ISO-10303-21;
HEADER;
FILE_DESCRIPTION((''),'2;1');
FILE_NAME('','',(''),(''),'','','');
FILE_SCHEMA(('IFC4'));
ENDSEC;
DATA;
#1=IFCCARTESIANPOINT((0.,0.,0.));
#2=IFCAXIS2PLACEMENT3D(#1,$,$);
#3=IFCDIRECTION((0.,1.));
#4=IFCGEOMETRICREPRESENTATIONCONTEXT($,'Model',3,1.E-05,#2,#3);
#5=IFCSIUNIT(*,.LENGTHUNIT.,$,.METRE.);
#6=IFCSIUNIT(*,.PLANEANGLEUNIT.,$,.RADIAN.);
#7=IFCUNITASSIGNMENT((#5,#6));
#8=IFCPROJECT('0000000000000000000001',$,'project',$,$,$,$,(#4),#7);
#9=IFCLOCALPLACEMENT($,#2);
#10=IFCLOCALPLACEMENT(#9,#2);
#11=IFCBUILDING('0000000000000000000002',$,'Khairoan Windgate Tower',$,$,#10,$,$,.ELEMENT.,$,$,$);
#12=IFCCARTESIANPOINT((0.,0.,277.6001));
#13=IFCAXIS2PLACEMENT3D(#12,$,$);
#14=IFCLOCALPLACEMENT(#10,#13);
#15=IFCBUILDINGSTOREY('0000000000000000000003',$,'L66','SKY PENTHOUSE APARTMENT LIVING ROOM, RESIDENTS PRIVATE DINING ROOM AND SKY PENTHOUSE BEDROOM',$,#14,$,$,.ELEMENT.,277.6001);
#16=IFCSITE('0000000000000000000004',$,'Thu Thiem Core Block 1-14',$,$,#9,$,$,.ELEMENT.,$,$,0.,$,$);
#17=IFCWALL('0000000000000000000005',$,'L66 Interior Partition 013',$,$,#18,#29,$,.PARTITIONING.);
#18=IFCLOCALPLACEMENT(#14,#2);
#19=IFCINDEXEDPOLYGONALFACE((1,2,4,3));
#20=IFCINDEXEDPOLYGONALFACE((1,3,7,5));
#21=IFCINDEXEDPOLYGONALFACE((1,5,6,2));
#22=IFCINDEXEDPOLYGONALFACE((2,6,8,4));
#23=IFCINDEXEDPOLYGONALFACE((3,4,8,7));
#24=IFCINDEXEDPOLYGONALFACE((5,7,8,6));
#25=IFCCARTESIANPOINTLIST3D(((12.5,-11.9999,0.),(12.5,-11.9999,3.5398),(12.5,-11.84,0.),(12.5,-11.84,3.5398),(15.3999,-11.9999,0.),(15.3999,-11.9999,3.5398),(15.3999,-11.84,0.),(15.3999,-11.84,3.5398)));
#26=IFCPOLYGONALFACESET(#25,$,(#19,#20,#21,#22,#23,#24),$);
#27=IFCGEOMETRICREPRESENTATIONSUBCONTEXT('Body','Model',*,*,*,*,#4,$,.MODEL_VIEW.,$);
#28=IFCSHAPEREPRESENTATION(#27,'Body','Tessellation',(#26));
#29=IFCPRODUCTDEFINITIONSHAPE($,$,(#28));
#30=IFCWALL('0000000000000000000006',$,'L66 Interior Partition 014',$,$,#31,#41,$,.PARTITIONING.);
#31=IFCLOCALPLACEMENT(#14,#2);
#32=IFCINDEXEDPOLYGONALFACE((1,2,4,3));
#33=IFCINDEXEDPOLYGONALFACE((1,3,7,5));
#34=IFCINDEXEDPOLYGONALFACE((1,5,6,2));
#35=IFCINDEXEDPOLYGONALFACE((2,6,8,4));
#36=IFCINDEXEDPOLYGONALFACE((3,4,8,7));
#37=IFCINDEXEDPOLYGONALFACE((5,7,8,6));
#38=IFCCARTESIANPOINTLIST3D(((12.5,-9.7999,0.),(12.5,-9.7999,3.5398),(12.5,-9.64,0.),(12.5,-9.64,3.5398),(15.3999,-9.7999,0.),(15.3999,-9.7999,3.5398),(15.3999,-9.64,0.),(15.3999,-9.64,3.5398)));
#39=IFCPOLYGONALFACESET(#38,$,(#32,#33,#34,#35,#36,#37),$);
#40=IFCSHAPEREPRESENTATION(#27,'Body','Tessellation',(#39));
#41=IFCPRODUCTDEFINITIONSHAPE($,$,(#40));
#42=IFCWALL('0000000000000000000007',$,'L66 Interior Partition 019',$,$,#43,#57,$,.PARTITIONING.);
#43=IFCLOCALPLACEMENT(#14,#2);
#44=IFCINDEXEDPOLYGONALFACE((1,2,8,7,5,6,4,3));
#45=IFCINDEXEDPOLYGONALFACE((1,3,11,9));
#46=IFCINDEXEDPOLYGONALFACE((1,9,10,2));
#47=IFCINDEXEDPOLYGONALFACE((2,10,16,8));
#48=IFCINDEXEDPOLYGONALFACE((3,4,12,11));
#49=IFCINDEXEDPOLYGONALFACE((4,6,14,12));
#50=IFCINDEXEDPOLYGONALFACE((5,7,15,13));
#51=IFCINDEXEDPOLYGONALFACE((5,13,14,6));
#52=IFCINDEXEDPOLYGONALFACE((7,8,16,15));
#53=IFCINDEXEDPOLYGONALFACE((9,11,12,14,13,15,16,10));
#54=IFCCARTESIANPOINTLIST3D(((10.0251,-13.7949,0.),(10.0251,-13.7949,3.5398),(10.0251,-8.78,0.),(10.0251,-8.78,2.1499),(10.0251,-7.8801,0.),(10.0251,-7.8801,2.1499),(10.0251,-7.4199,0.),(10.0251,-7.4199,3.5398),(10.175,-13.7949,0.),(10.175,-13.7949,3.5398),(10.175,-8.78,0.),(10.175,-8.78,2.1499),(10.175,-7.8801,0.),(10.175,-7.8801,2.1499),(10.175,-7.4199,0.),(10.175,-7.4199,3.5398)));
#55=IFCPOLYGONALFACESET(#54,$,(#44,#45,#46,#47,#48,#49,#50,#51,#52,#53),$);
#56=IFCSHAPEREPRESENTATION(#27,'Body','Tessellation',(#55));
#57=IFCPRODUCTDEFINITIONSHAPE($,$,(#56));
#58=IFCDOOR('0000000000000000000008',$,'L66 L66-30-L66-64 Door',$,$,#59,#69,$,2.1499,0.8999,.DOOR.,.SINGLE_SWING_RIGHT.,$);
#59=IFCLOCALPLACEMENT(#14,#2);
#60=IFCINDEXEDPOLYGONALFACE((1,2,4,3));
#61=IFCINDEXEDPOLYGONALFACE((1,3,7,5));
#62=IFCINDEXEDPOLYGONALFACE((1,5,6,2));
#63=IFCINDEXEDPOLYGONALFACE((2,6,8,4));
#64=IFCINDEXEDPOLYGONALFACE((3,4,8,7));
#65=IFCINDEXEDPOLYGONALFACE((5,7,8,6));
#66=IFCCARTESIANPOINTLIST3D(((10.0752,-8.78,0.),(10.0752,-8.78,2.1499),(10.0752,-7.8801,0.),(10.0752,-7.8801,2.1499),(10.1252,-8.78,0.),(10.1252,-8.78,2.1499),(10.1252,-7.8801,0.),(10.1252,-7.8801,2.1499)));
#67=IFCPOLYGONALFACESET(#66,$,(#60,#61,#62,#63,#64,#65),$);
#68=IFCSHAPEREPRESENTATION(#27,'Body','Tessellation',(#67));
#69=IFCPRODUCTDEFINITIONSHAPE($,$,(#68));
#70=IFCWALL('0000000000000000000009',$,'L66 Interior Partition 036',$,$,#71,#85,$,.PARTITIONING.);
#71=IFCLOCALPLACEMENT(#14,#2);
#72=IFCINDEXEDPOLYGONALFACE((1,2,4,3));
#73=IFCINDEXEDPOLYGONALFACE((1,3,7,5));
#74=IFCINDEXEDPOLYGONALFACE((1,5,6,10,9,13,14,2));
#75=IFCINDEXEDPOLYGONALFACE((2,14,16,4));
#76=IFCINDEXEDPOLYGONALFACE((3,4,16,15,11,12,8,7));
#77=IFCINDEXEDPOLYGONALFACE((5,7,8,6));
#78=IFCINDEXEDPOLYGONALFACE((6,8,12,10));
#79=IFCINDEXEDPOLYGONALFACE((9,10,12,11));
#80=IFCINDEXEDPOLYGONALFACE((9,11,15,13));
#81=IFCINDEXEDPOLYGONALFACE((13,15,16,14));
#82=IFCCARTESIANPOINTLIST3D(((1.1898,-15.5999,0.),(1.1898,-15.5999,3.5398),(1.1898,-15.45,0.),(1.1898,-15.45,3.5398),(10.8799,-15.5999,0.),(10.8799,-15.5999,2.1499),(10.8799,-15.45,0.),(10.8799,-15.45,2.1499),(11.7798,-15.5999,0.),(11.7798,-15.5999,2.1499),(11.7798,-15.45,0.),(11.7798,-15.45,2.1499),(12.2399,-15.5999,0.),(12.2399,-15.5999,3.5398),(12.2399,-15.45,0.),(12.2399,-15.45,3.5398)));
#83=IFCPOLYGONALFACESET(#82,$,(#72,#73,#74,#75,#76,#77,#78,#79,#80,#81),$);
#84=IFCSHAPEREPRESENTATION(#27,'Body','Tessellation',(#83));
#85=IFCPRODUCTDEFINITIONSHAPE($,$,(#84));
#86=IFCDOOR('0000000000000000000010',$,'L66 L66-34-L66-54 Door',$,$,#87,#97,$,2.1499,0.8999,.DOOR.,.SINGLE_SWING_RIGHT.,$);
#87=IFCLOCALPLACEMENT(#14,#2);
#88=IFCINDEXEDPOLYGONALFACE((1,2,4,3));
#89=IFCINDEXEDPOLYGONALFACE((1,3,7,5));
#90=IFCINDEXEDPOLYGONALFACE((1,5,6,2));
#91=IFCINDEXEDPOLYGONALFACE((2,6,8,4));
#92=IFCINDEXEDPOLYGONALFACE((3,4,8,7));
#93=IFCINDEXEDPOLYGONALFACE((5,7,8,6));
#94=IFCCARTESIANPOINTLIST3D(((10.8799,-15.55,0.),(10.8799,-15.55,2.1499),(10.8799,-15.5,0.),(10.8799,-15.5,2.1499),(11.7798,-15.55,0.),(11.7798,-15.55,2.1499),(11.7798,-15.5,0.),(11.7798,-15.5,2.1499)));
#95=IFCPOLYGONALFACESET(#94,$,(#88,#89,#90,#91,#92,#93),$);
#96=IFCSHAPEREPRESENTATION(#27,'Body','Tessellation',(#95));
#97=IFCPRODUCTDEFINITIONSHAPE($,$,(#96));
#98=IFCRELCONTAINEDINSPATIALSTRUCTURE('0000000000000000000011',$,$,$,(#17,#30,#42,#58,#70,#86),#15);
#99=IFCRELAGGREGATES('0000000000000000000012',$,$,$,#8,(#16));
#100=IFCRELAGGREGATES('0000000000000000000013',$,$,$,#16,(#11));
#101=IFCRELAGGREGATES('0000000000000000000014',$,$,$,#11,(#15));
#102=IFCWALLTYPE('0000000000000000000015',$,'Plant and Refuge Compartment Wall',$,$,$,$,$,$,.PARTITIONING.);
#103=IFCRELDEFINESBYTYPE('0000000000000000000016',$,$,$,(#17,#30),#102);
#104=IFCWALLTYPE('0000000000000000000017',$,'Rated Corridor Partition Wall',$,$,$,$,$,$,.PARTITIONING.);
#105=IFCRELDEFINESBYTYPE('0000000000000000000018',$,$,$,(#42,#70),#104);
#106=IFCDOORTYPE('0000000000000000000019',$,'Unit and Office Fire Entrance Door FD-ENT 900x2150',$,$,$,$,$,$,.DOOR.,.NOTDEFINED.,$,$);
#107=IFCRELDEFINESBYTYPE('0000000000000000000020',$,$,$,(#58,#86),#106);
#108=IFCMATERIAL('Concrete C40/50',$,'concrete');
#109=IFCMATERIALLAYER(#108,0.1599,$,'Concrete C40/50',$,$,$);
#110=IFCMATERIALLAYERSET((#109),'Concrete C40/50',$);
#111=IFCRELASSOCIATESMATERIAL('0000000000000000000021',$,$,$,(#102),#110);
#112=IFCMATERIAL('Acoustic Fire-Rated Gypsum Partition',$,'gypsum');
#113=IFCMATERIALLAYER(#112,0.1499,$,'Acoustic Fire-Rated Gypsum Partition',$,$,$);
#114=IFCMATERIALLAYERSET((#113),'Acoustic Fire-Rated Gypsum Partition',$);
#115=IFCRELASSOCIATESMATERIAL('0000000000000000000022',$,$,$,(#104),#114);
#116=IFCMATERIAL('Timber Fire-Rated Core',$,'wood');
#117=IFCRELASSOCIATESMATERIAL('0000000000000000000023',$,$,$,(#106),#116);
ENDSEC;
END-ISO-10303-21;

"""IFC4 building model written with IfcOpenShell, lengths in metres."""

from ifc_helpers import new_model, si_unit, direction, frame, frame_2d, origin, place, context, subcontext, project, spatial, rectangle, extrude, material, layer, layer_set, type_object, element, fill, save


model = new_model("IFC4")

# Units and contexts
model_context = context("Model", 3, precision=1e-05, world=origin(), true_north=direction((0.0, 1.0)))
body_context = subcontext(model_context, "Body", "Model", "MODEL_VIEW")
ifc_project = project(units=[si_unit("LENGTHUNIT", "METRE"), si_unit("PLANEANGLEUNIT", "RADIAN")], contexts=[model_context])

# Site, building, storey
site_placement = place(None, origin())
site = spatial("IfcSite", under=ifc_project, at=site_placement, Name="Thu Thiem Core Block 1-14", CompositionType="ELEMENT", RefElevation=0.0)
building_placement = place(site_placement, origin())
building = spatial("IfcBuilding", under=site, at=building_placement, Name="Khairoan Windgate Tower", CompositionType="ELEMENT")
storey_placement = place(building_placement, frame((0.0, 0.0, 277.6001)))
storey = spatial("IfcBuildingStorey", under=building, at=storey_placement, Name="L66", Description="SKY PENTHOUSE APARTMENT LIVING ROOM, RESIDENTS PRIVATE DINING ROOM AND SKY PENTHOUSE BEDROOM", CompositionType="ELEMENT", Elevation=277.6001)

# Walls
ifc_material_1 = material(Name="Concrete C40/50", Category="concrete")
ifc_layer_1 = layer(ifc_material_1, 0.1599, Name="Concrete C40/50")
ifc_layer_set_1 = layer_set([ifc_layer_1], Name="Concrete C40/50")
wall_type_1 = type_object("IfcWallType", Name="Plant and Refuge Compartment Wall", PredefinedType="PARTITIONING", material=ifc_layer_set_1)
for number, where, z_axis, x_axis, name in (
    (1, (12.5, -11.9199, 0.0), (0.0, 0.0, 1.0), (1.0, 0.0, 0.0), "L66 Interior Partition 013"),
    (2, (12.5, -9.72, 0.0), (0.0, 0.0, 1.0), (1.0, 0.0, 0.0), "L66 Interior Partition 014"),
):
    element("IfcWall", number, at=place(storey_placement, frame(where, z_axis=z_axis, x_axis=x_axis)), inside=storey, type_object=wall_type_1, Name=name, PredefinedType="PARTITIONING", context=body_context, shape_type="SweptSolid", body=[
        extrude(rectangle(XDim=2.8999, YDim=0.1599, at=frame_2d((1.45, 0.0))), origin(), (0.0, 0.0, 1.0), 3.5398),
    ])

# Walls, openings, doors
ifc_material_2 = material(Name="Acoustic Fire-Rated Gypsum Partition", Category="gypsum")
ifc_layer_2 = layer(ifc_material_2, 0.1499, Name="Acoustic Fire-Rated Gypsum Partition")
ifc_layer_set_2 = layer_set([ifc_layer_2], Name="Acoustic Fire-Rated Gypsum Partition")
wall_type_2 = type_object("IfcWallType", Name="Rated Corridor Partition Wall", PredefinedType="PARTITIONING", material=ifc_layer_set_2)
wall_1_placement = place(storey_placement, frame((10.1001, -13.7949, 0.0), z_axis=(0.0, 0.0, 1.0), x_axis=(0.0, 1.0, 0.0)))
wall_1 = element("IfcWall", 3, at=wall_1_placement, inside=storey, type_object=wall_type_2, Name="L66 Interior Partition 019", PredefinedType="PARTITIONING", context=body_context, shape_type="SweptSolid", body=[
    extrude(rectangle(XDim=6.375, YDim=0.1499, at=frame_2d((3.1875, 0.0))), origin(), (0.0, 0.0, 1.0), 3.5398),
])
opening_1_placement = place(wall_1_placement, frame((5.0149, 0.0, 0.0)))
opening_1 = element("IfcOpeningElement", 4, at=opening_1_placement, cuts=wall_1, PredefinedType="OPENING", context=body_context, shape_type="SweptSolid", body=[
    extrude(rectangle(XDim=0.8999, YDim=2.1499, at=frame_2d((0.45, 1.075))), frame((0.0, 0.085, 0.0), z_axis=(0.0, -1.0, 0.0), x_axis=(1.0, 0.0, 0.0)), (0.0, 0.0, 1.0), 0.1699),
])
ifc_material_3 = material(Name="Timber Fire-Rated Core", Category="wood")
door_type_1 = type_object("IfcDoorType", Name="Unit and Office Fire Entrance Door FD-ENT 900x2150", OperationType="NOTDEFINED", PredefinedType="DOOR", material=ifc_material_3)
door_1_placement = place(opening_1_placement, origin())
door_1 = element("IfcDoor", 5, at=door_1_placement, inside=storey, type_object=door_type_1, Name="L66 L66-30-L66-64 Door", OperationType="SINGLE_SWING_RIGHT", OverallHeight=2.1499, OverallWidth=0.8999, PredefinedType="DOOR", context=body_context, shape_type="SweptSolid", body=[
    extrude(rectangle(XDim=0.8999, YDim=2.1499, at=frame_2d((0.45, 1.075))), frame((0.0, 0.0249, 0.0), z_axis=(0.0, -1.0, 0.0), x_axis=(1.0, 0.0, 0.0)), (0.0, 0.0, 1.0), 0.05),
])
fill(opening_1, door_1)
wall_2_placement = place(storey_placement, frame((1.1899, -15.5249, 0.0), z_axis=(0.0, 0.0, 1.0), x_axis=(1.0, 0.0, 0.0)))
wall_2 = element("IfcWall", 6, at=wall_2_placement, inside=storey, type_object=wall_type_2, Name="L66 Interior Partition 036", PredefinedType="PARTITIONING", context=body_context, shape_type="SweptSolid", body=[
    extrude(rectangle(XDim=11.05, YDim=0.1499, at=frame_2d((5.5249, 0.0))), origin(), (0.0, 0.0, 1.0), 3.5398),
])
opening_2_placement = place(wall_2_placement, frame((9.6899, 0.0, 0.0)))
opening_2 = element("IfcOpeningElement", 7, at=opening_2_placement, cuts=wall_2, PredefinedType="OPENING", context=body_context, shape_type="SweptSolid", body=[
    extrude(rectangle(XDim=0.8999, YDim=2.1499, at=frame_2d((0.45, 1.075))), frame((0.0, 0.085, 0.0), z_axis=(0.0, -1.0, 0.0), x_axis=(1.0, 0.0, 0.0)), (0.0, 0.0, 1.0), 0.1699),
])
door_2_placement = place(opening_2_placement, origin())
door_2 = element("IfcDoor", 8, at=door_2_placement, inside=storey, type_object=door_type_1, Name="L66 L66-34-L66-54 Door", OperationType="SINGLE_SWING_RIGHT", OverallHeight=2.1499, OverallWidth=0.8999, PredefinedType="DOOR", context=body_context, shape_type="SweptSolid", body=[
    extrude(rectangle(XDim=0.8999, YDim=2.1499, at=frame_2d((0.45, 1.075))), frame((0.0, 0.0249, 0.0), z_axis=(0.0, -1.0, 0.0), x_axis=(1.0, 0.0, 0.0)), (0.0, 0.0, 1.0), 0.05),
])
fill(opening_2, door_2)

save(model, "model.ifc")
